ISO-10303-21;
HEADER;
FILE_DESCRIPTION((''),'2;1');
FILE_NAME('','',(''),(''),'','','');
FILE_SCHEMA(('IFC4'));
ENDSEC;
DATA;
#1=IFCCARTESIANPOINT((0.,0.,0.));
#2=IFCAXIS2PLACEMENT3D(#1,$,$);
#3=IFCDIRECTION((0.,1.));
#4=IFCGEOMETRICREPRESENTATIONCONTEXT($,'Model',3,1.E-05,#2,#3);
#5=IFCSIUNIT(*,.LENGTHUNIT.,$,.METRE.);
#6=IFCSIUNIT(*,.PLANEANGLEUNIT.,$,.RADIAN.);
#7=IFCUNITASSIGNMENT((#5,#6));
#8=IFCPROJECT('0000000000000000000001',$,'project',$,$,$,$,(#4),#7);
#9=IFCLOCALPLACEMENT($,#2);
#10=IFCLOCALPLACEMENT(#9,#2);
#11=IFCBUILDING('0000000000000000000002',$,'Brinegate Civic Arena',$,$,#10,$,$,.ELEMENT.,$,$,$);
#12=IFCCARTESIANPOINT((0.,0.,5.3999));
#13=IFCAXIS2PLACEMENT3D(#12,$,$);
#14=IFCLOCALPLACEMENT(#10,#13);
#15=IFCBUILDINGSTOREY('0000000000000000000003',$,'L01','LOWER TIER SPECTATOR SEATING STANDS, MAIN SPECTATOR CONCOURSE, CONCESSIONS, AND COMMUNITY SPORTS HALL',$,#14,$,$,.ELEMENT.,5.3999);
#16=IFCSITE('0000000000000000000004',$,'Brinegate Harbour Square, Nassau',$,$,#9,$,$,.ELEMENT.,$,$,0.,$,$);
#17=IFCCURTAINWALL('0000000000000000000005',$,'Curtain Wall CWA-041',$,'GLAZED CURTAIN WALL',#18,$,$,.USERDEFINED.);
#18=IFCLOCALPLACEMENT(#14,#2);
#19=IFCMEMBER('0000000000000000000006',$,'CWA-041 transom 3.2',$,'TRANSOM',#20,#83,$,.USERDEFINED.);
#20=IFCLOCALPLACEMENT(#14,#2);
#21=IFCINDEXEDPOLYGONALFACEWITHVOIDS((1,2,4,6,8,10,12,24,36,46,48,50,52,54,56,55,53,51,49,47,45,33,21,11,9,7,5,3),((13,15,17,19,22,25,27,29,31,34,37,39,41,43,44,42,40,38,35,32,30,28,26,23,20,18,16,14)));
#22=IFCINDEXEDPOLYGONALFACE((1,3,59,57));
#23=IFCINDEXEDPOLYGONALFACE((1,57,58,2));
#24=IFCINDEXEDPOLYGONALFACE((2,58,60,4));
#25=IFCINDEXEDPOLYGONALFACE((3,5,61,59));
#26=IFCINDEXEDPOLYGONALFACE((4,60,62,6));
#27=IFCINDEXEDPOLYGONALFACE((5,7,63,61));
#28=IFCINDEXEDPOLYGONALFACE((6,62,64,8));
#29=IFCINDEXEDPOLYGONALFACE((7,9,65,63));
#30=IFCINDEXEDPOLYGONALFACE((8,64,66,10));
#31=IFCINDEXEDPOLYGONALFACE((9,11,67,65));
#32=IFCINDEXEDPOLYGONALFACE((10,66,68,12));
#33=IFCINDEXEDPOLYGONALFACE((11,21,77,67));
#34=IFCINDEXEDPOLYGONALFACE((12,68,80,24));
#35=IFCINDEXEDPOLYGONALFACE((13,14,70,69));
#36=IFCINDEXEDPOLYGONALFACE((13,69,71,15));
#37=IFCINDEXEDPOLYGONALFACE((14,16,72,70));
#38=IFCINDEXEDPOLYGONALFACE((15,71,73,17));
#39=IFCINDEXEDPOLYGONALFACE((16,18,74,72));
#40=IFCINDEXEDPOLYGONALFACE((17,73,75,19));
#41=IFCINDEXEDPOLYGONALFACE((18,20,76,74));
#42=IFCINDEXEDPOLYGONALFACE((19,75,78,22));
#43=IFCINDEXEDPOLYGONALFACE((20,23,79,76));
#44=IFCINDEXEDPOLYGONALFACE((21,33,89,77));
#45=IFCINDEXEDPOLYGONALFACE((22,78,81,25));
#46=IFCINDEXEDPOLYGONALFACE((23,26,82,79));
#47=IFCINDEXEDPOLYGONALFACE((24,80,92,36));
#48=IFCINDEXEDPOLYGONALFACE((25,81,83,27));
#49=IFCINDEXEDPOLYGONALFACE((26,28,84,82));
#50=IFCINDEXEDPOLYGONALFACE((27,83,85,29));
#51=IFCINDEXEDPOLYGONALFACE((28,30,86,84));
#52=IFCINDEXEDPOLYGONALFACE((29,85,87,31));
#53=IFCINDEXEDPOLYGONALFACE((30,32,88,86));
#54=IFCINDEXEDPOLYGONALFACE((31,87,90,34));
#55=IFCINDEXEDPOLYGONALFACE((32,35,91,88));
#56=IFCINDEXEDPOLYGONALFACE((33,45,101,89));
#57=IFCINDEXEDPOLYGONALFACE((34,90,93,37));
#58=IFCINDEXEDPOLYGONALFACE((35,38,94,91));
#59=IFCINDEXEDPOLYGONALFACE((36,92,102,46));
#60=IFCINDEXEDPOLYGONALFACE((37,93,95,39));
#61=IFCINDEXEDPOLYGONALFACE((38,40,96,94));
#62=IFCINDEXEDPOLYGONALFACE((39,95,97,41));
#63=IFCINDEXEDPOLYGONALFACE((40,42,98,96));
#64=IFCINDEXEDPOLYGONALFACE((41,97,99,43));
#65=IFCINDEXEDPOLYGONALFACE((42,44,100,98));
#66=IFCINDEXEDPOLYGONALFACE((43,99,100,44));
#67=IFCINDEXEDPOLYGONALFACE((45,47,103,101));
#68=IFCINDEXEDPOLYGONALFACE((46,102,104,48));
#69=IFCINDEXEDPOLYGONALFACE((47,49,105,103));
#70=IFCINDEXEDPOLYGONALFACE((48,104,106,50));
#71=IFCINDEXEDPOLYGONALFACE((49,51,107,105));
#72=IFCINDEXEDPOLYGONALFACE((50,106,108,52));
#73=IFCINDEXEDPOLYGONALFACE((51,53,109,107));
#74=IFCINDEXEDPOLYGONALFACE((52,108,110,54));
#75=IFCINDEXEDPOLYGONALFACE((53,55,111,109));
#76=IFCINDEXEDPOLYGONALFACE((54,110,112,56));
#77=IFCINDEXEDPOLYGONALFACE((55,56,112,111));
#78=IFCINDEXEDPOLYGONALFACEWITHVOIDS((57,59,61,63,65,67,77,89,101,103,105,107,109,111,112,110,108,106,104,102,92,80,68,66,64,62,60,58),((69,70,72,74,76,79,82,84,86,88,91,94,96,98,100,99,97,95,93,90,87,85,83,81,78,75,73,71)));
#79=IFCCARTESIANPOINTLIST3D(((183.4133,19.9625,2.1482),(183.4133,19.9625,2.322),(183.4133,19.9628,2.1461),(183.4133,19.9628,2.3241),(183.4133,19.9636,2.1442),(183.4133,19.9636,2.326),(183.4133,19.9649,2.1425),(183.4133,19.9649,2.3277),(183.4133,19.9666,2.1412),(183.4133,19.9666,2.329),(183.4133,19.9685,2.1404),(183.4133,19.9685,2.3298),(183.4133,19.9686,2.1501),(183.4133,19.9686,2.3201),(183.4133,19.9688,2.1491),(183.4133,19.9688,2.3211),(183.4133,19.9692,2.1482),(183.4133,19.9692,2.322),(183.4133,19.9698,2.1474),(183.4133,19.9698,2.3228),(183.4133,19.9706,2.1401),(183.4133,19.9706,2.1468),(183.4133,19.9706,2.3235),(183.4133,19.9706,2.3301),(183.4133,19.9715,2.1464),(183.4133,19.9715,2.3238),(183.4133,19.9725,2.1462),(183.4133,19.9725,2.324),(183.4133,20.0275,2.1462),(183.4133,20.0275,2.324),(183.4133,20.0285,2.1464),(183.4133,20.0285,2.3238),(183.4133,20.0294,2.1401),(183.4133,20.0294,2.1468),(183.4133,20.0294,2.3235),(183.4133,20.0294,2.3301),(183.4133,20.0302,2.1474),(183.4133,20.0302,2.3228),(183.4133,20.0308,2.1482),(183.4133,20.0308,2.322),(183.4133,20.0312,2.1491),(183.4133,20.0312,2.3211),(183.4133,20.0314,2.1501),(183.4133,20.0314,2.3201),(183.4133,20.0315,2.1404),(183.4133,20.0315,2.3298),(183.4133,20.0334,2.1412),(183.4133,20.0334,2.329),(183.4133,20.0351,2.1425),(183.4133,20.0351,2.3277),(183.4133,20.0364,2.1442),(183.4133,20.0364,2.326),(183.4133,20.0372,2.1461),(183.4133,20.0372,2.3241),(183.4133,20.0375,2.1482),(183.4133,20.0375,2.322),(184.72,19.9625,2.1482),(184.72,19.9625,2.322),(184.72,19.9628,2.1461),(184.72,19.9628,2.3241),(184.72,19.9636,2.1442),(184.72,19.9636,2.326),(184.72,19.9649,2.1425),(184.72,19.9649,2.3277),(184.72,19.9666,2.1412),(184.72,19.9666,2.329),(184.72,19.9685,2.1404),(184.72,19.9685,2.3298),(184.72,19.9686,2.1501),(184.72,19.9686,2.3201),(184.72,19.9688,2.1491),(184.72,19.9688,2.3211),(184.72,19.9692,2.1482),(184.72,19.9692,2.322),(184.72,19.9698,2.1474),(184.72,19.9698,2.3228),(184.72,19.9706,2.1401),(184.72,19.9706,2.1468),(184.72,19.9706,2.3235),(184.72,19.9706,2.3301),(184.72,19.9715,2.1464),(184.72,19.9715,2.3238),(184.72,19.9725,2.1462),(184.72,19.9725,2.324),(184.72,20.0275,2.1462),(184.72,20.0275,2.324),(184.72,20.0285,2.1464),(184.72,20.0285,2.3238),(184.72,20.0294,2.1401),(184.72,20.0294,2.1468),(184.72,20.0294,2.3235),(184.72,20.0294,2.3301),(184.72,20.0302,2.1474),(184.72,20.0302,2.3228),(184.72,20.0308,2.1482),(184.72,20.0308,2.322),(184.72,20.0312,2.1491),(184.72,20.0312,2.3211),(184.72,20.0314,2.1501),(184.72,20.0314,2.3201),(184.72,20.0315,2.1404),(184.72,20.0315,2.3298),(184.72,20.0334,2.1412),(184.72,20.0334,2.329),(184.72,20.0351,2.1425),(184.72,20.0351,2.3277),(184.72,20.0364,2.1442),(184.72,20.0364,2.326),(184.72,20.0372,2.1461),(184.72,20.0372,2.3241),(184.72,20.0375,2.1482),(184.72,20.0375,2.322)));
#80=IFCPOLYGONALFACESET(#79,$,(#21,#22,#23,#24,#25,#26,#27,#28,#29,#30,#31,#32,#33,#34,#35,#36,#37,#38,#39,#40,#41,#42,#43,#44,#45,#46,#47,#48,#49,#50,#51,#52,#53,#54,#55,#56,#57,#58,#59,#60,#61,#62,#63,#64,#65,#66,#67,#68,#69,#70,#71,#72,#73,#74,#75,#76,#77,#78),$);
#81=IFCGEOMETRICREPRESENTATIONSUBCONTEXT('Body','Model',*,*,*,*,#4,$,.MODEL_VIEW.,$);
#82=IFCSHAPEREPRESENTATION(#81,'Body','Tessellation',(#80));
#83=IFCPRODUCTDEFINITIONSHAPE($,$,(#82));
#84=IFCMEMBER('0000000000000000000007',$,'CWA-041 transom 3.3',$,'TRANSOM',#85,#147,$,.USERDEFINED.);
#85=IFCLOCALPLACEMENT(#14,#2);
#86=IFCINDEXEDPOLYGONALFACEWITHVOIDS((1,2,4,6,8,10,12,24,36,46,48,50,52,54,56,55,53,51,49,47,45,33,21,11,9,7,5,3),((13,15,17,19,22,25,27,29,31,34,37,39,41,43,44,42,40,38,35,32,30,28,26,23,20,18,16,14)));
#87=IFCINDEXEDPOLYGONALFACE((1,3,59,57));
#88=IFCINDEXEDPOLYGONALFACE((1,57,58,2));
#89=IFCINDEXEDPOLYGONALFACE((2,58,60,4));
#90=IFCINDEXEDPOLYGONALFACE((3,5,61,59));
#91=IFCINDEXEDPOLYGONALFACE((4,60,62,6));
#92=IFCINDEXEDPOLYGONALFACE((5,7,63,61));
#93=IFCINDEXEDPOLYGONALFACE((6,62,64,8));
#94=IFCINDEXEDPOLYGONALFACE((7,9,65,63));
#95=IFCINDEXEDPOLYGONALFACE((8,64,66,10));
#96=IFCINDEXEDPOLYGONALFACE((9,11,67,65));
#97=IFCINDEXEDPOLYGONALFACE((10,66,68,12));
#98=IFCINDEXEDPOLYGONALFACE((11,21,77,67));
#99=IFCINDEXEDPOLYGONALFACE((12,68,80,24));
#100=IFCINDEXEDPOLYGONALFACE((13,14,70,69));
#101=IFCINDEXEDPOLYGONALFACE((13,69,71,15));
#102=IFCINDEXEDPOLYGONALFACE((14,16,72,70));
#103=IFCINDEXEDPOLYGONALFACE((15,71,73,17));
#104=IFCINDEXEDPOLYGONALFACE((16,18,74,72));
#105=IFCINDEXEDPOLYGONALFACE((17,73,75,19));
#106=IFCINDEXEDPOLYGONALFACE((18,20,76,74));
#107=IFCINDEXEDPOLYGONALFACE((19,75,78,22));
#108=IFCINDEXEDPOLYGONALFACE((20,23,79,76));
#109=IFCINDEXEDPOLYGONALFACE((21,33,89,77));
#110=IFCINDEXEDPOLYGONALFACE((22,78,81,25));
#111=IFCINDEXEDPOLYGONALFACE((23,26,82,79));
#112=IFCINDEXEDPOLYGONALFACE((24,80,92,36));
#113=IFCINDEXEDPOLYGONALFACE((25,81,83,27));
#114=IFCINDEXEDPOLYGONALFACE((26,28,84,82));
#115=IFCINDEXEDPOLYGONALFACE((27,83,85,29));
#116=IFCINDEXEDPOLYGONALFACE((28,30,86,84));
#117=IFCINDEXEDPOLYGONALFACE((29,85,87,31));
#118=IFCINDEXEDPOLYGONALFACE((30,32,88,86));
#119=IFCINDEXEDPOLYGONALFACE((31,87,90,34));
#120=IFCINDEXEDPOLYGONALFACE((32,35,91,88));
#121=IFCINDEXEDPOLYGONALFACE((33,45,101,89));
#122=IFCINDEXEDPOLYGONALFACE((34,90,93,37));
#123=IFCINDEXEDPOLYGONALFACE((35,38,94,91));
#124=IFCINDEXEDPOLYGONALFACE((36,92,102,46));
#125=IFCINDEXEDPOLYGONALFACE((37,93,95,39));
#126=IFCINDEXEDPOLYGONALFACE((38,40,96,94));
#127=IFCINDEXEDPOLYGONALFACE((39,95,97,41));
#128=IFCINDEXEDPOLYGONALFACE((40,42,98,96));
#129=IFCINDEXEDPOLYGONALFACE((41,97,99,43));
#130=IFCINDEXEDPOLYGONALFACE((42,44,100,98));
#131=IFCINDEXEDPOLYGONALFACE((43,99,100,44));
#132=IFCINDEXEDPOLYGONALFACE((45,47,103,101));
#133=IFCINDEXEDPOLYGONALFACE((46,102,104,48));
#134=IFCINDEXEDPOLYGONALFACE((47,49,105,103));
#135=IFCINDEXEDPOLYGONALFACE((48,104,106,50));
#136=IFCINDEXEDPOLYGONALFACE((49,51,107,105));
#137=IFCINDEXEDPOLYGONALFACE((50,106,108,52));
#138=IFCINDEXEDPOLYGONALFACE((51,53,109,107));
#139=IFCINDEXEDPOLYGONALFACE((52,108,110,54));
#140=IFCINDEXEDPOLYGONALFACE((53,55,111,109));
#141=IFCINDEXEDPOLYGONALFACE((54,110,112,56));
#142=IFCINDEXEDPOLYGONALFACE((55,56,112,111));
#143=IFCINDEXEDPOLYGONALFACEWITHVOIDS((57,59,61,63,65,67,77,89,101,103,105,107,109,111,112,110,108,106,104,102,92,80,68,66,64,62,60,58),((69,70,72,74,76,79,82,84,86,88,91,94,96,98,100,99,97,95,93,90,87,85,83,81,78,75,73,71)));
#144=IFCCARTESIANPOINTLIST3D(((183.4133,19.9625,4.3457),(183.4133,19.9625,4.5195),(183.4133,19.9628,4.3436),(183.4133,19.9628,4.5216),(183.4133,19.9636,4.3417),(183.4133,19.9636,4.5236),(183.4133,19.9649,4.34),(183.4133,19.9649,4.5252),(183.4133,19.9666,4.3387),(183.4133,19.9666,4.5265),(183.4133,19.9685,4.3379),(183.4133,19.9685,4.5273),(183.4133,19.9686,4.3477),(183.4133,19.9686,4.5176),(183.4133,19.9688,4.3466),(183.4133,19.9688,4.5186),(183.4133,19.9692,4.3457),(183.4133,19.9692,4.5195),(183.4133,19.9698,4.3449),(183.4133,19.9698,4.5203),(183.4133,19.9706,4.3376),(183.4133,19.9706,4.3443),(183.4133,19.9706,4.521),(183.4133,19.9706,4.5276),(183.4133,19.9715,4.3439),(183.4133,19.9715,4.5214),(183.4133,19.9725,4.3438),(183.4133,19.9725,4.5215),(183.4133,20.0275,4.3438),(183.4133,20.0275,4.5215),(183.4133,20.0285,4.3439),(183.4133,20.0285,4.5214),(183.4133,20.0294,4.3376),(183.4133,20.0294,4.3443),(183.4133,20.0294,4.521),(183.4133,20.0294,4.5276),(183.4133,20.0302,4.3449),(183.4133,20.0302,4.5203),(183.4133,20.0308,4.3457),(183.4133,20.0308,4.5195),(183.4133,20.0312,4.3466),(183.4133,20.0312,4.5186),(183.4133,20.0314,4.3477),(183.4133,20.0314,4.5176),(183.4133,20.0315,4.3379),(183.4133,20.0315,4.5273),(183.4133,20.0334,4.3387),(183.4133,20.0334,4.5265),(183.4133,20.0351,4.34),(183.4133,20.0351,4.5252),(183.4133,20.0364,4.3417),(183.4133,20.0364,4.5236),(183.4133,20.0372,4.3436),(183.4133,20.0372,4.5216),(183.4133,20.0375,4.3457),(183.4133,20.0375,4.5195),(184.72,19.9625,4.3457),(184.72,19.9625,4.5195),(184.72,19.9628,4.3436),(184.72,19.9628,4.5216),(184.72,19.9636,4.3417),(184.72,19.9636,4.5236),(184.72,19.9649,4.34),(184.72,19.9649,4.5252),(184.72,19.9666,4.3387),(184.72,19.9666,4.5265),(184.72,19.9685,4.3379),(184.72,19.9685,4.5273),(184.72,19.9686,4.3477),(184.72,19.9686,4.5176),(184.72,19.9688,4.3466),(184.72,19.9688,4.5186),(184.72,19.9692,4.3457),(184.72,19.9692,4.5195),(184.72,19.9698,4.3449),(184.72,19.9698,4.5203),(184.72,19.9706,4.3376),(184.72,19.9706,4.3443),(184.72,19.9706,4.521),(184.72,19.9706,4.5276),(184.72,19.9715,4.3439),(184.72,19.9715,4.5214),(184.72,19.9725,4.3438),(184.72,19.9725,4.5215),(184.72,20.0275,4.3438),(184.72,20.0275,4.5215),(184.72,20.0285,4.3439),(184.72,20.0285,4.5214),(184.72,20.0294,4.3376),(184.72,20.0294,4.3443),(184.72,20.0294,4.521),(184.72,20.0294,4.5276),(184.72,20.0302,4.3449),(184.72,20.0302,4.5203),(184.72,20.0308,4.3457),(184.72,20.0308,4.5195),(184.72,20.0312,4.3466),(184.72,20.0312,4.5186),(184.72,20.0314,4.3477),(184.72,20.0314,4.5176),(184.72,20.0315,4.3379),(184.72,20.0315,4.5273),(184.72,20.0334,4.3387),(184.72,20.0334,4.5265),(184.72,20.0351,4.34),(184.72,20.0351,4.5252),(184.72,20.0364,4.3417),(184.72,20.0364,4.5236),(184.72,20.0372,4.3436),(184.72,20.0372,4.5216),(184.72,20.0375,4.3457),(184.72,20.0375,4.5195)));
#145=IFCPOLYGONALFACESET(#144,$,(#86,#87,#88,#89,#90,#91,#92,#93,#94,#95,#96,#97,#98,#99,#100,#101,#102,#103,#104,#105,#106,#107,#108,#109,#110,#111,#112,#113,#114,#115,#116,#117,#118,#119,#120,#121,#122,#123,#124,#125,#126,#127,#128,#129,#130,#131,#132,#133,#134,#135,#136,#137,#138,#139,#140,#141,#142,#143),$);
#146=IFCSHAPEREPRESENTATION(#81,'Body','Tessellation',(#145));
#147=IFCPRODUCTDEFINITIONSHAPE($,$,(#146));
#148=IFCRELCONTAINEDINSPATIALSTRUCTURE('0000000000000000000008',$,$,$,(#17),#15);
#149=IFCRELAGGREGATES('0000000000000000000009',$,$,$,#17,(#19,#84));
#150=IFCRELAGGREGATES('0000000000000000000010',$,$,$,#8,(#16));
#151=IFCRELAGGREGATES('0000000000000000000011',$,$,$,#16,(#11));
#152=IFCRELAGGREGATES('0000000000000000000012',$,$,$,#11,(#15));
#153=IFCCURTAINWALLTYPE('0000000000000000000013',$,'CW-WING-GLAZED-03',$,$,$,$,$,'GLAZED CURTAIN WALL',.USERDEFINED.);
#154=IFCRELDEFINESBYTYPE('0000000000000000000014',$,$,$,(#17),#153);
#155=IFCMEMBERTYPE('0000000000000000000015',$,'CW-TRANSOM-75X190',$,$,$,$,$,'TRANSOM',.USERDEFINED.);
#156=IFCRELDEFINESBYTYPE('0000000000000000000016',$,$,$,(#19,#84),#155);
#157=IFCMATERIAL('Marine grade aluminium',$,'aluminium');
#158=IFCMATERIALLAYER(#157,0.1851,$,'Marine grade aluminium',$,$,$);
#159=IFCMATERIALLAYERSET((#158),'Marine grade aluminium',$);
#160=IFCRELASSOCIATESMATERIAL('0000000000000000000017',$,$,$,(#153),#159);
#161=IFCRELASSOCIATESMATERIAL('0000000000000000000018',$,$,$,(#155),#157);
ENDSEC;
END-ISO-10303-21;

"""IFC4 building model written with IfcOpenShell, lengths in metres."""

from ifc_helpers import new_model, si_unit, direction, frame, origin, origin_2d, place, context, subcontext, project, spatial, hollow_rectangle, extrude, material, layer, layer_set, material_profile, profile_set, type_object, element, aggregate, save


model = new_model("IFC4")

# Units and contexts
model_context = context("Model", 3, precision=1e-05, world=origin(), true_north=direction((0.0, 1.0)))
body_context = subcontext(model_context, "Body", "Model", "MODEL_VIEW")
ifc_project = project(units=[si_unit("LENGTHUNIT", "METRE"), si_unit("PLANEANGLEUNIT", "RADIAN")], contexts=[model_context])

# Site, building, storey
site_placement = place(None, origin())
site = spatial("IfcSite", under=ifc_project, at=site_placement, Name="Brinegate Harbour Square, Nassau", CompositionType="ELEMENT", RefElevation=0.0)
building_placement = place(site_placement, origin())
building = spatial("IfcBuilding", under=site, at=building_placement, Name="Brinegate Civic Arena", CompositionType="ELEMENT")
storey_placement = place(building_placement, frame((0.0, 0.0, 5.3999)))
storey = spatial("IfcBuildingStorey", under=building, at=storey_placement, Name="L01", Description="LOWER TIER SPECTATOR SEATING STANDS, MAIN SPECTATOR CONCOURSE, CONCESSIONS, AND COMMUNITY SPORTS HALL", CompositionType="ELEMENT", Elevation=5.3999)

# Curtain wall, members
ifc_material_1 = material(Name="Marine grade aluminium", Category="aluminium")
ifc_layer_1 = layer(ifc_material_1, 0.1851, Name="Marine grade aluminium")
ifc_layer_set_1 = layer_set([ifc_layer_1], Name="Marine grade aluminium")
curtain_wall_type = type_object("IfcCurtainWallType", Name="CW-WING-GLAZED-03", ElementType="GLAZED CURTAIN WALL", PredefinedType="USERDEFINED", material=ifc_layer_set_1)
curtain_wall_placement = place(storey_placement, origin())
curtain_wall = element("IfcCurtainWall", 1, at=curtain_wall_placement, inside=storey, type_object=curtain_wall_type, Name="Curtain Wall CWA-041", ObjectType="GLAZED CURTAIN WALL", PredefinedType="USERDEFINED")
ifc_material_profile_1 = material_profile(ifc_material_1, hollow_rectangle(XDim=0.075, YDim=0.1899, WallThickness=0.0061, InnerFilletRadius=0.0039, OuterFilletRadius=0.0081, at=origin_2d()), Name="TRN75X190")
ifc_profile_set_1 = profile_set([ifc_material_profile_1], Name="Marine grade aluminium")
member_type_1 = type_object("IfcMemberType", Name="CW-TRANSOM-75X190", ElementType="TRANSOM", PredefinedType="USERDEFINED", material=ifc_profile_set_1)
member_1_placement = place(storey_placement, frame((183.4133, 20.0, 2.2351), z_axis=(1.0, 0.0, 0.0), x_axis=(0.0, 1.0, 0.0)))
member_1 = element("IfcMember", 2, at=member_1_placement, type_object=member_type_1, Name="CWA-041 transom 3.2", ObjectType="TRANSOM", PredefinedType="USERDEFINED", context=body_context, shape_type="SweptSolid", body=[
    extrude(hollow_rectangle(XDim=0.075, YDim=0.1899, WallThickness=0.0061, InnerFilletRadius=0.0039, OuterFilletRadius=0.0081, at=origin_2d()), origin(), (0.0, 0.0, 1.0), 1.3066),
])
member_2_placement = place(storey_placement, frame((183.4133, 20.0, 4.4326), z_axis=(1.0, 0.0, 0.0), x_axis=(0.0, 1.0, 0.0)))
member_2 = element("IfcMember", 3, at=member_2_placement, type_object=member_type_1, Name="CWA-041 transom 3.3", ObjectType="TRANSOM", PredefinedType="USERDEFINED", context=body_context, shape_type="SweptSolid", body=[
    extrude(hollow_rectangle(XDim=0.075, YDim=0.1899, WallThickness=0.0061, InnerFilletRadius=0.0039, OuterFilletRadius=0.0081, at=origin_2d()), origin(), (0.0, 0.0, 1.0), 1.3066),
])

aggregate(curtain_wall, [member_1, member_2])

save(model, "model.ifc")
